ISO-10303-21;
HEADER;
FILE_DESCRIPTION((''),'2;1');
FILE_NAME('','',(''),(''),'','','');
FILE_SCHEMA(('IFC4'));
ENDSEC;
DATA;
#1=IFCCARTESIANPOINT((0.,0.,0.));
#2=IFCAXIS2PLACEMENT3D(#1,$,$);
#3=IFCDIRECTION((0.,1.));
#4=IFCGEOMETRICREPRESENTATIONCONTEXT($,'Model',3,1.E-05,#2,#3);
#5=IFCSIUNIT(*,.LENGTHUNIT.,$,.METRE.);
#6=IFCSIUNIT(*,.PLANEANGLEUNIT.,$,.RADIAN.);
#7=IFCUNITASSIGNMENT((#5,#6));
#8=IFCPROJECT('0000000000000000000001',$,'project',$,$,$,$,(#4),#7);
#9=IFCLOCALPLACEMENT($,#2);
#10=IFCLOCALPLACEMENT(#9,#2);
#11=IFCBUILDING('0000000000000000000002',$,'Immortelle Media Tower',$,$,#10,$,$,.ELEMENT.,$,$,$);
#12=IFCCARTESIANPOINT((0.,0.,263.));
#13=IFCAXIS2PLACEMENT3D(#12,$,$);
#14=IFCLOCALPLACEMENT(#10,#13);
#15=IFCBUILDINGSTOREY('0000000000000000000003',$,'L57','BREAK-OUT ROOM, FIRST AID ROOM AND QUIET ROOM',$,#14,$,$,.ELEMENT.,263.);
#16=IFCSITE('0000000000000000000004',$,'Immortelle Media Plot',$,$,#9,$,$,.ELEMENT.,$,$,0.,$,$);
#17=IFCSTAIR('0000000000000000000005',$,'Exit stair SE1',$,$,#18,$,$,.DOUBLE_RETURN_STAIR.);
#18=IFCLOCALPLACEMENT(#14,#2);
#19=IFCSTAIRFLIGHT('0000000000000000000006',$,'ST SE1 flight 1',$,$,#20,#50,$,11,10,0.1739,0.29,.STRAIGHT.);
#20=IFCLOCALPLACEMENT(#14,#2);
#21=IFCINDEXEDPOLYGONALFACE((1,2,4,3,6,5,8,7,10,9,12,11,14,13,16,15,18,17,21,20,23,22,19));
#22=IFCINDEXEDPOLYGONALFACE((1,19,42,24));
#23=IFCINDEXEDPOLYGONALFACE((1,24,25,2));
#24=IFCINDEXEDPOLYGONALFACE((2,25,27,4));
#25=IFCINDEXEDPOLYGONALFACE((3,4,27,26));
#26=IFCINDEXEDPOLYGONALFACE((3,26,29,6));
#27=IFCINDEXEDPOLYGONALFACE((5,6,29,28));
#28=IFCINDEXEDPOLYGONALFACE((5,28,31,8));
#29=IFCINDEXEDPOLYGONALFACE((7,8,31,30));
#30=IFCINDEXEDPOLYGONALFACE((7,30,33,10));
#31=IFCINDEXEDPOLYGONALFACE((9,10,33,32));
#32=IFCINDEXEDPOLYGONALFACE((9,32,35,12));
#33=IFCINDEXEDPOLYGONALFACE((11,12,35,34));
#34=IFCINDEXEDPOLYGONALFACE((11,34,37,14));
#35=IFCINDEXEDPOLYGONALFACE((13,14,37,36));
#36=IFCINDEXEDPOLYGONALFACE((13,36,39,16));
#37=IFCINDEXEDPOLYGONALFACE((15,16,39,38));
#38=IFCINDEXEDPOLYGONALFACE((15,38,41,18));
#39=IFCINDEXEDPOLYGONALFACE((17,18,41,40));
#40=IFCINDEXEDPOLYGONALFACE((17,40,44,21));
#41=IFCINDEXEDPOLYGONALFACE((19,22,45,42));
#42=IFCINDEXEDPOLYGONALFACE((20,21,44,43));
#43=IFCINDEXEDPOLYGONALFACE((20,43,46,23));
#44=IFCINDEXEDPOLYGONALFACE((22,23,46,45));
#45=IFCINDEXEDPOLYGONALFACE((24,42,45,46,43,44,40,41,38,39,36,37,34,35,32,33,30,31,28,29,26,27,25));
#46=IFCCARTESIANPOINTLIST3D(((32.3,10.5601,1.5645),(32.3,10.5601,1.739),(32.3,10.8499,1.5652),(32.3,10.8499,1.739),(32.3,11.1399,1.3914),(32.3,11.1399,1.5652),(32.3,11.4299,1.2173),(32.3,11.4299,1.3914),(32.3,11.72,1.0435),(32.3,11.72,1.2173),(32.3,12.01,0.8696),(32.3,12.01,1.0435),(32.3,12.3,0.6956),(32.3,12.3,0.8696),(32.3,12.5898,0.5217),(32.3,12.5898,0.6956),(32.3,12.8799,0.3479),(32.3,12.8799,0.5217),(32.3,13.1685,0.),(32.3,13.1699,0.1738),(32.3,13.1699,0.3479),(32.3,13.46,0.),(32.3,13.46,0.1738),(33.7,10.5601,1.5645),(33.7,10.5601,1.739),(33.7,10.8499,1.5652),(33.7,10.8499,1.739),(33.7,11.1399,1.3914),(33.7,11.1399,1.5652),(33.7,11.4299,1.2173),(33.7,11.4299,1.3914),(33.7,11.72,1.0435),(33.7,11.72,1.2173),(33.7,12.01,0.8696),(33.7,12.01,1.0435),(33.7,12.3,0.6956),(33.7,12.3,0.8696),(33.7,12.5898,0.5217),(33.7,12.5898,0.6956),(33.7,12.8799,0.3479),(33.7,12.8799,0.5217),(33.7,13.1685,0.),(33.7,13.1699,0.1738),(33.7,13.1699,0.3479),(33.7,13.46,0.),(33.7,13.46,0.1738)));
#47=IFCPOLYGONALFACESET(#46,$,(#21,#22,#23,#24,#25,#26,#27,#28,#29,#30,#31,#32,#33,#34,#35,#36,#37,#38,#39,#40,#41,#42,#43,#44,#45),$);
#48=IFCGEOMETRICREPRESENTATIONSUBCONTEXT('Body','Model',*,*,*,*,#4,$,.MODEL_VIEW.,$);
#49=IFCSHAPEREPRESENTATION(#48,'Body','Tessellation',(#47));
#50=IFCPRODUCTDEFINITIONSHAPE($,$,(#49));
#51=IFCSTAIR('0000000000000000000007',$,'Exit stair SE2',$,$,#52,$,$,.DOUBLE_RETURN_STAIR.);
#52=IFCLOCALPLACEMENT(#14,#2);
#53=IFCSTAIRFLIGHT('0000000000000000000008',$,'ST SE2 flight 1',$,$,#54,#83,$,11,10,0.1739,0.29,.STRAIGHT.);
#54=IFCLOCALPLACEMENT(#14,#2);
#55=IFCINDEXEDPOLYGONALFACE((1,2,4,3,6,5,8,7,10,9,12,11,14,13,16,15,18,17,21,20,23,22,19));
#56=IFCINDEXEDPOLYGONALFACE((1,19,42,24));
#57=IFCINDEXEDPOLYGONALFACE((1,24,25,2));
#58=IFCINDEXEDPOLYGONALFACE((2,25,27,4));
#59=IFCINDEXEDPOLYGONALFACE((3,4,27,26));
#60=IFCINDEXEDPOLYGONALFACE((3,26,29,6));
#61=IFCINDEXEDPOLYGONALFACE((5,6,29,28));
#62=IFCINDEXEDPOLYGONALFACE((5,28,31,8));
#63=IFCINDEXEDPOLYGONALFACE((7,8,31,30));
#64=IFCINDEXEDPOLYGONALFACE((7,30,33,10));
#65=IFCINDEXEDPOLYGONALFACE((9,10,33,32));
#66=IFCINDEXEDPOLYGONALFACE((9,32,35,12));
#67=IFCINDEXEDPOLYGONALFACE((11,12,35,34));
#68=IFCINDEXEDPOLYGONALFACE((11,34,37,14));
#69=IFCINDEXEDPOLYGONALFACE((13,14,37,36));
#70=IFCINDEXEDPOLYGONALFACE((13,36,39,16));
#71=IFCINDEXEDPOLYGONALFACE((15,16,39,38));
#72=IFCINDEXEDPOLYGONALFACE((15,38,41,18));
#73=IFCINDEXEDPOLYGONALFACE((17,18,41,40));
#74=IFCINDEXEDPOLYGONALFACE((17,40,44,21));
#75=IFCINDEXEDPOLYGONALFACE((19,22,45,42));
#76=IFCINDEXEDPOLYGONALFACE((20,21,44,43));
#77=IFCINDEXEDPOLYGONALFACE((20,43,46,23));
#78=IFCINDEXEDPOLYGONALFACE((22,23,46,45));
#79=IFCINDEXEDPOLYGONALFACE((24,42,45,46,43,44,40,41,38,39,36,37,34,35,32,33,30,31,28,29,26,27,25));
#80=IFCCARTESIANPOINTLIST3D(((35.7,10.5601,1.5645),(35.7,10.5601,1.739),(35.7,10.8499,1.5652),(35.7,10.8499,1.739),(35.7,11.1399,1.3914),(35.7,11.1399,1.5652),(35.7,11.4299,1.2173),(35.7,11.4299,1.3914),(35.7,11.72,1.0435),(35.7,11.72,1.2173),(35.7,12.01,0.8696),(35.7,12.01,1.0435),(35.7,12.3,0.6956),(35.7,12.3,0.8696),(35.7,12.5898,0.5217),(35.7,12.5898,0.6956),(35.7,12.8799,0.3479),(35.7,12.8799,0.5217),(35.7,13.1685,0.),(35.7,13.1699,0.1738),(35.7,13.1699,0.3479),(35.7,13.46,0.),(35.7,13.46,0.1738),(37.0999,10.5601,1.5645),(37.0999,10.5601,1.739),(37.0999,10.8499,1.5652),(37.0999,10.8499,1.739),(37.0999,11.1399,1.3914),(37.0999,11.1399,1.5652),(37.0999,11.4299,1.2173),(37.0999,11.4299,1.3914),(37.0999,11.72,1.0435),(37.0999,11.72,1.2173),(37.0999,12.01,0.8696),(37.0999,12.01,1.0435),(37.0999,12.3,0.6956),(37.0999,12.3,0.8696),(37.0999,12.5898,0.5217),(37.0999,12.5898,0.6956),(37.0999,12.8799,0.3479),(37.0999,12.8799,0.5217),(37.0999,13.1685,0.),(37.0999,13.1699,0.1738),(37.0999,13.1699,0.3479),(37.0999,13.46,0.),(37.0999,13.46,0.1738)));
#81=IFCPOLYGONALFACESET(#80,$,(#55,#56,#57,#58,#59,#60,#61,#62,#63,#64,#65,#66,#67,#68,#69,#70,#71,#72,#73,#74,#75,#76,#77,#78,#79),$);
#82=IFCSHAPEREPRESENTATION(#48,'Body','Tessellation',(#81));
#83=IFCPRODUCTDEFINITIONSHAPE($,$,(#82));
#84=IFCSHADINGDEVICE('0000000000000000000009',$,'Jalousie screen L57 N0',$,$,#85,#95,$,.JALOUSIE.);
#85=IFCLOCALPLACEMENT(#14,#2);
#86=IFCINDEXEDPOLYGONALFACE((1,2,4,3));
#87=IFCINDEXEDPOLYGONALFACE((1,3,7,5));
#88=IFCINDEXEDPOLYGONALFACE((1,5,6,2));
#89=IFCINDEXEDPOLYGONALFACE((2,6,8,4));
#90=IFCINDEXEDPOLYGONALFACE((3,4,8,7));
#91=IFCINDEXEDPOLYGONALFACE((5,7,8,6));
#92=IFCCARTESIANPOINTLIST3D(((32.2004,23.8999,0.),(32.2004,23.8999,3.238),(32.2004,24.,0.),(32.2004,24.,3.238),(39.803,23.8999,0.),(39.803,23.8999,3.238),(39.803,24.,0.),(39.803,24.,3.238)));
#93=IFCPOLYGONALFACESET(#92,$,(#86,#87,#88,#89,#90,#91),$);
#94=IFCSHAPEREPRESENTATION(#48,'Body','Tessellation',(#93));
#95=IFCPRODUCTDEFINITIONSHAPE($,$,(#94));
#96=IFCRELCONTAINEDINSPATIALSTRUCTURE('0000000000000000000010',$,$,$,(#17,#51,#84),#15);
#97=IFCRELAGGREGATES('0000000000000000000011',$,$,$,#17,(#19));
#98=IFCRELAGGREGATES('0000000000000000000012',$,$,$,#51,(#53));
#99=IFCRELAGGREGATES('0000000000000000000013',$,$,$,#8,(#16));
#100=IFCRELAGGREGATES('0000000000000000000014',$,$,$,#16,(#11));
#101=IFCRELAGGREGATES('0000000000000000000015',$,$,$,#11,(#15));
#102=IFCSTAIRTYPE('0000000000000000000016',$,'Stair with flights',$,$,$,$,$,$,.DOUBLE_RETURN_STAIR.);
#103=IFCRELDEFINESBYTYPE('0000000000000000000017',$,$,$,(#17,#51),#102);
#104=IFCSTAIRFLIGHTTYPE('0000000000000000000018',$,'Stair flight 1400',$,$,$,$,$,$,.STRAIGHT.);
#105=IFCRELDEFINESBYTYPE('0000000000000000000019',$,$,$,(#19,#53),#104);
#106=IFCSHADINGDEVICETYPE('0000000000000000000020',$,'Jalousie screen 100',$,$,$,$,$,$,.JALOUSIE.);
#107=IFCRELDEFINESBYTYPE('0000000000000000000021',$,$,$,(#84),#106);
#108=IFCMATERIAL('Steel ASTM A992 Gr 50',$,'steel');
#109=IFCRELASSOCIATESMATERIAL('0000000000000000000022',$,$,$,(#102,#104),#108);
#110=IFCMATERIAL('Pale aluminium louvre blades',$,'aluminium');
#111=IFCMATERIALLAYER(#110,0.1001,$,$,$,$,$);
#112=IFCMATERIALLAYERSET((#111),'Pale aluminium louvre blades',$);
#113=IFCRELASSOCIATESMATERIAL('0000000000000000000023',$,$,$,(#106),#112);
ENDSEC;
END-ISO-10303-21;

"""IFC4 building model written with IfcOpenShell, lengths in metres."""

from ifc_helpers import new_model, si_unit, direction, frame, origin, origin_2d, place, context, subcontext, project, spatial, polyline, rectangle, outline, extrude, material, layer, layer_set, type_object, element, aggregate, save


model = new_model("IFC4")

# Units and contexts
model_context = context("Model", 3, precision=1e-05, world=origin(), true_north=direction((0.0, 1.0)))
body_context = subcontext(model_context, "Body", "Model", "MODEL_VIEW")
ifc_project = project(units=[si_unit("LENGTHUNIT", "METRE"), si_unit("PLANEANGLEUNIT", "RADIAN")], contexts=[model_context])

# Site, building, storey
site_placement = place(None, origin())
site = spatial("IfcSite", under=ifc_project, at=site_placement, Name="Immortelle Media Plot", CompositionType="ELEMENT", RefElevation=0.0)
building_placement = place(site_placement, origin())
building = spatial("IfcBuilding", under=site, at=building_placement, Name="Immortelle Media Tower", CompositionType="ELEMENT")
storey_placement = place(building_placement, frame((0.0, 0.0, 263.0)))
storey = spatial("IfcBuildingStorey", under=building, at=storey_placement, Name="L57", Description="BREAK-OUT ROOM, FIRST AID ROOM AND QUIET ROOM", CompositionType="ELEMENT", Elevation=263.0)

# Shared definitions
ifc_material_1 = material(Name="Steel ASTM A992 Gr 50", Category="steel")

# Stairs, stair flights
stair_type = type_object("IfcStairType", Name="Stair with flights", PredefinedType="DOUBLE_RETURN_STAIR", material=ifc_material_1)
stair_1_placement = place(storey_placement, origin())
stair_1 = element("IfcStair", 1, at=stair_1_placement, inside=storey, type_object=stair_type, Name="Exit stair SE1", PredefinedType="DOUBLE_RETURN_STAIR")
stair_flight_type = type_object("IfcStairFlightType", Name="Stair flight 1400", PredefinedType="STRAIGHT", material=ifc_material_1)
stair_flight_1_placement = place(storey_placement, frame((33.0, 13.46, 0.0), z_axis=(0.0, 0.0, 1.0), x_axis=(0.0, -1.0, 0.0)))
stair_flight_1 = element("IfcStairFlight", 2, at=stair_flight_1_placement, type_object=stair_flight_type, Name="ST SE1 flight 1", NumberOfRisers=11, NumberOfTreads=10, PredefinedType="STRAIGHT", RiserHeight=0.1739, TreadLength=0.29, context=body_context, shape_type="SweptSolid", body=[
    extrude(outline(polyline([(0.0, 0.0), (0.0, 0.1738), (0.29, 0.1738), (0.29, 0.3479), (0.5801, 0.3479), (0.5801, 0.5217), (0.8701, 0.5217), (0.8701, 0.6956), (1.1599, 0.6956), (1.1599, 0.8696), (1.45, 0.8696), (1.45, 1.0435), (1.74, 1.0435), (1.74, 1.2173), (2.03, 1.2173), (2.03, 1.3914), (2.3201, 1.3914), (2.3201, 1.5652), (2.6101, 1.5652), (2.6101, 1.739), (2.8999, 1.739), (2.8999, 1.9131), (2.8999, 1.5645), (0.2915, 0.0), (0.0, 0.0)])), frame((0.0, 0.7, 0.0), z_axis=(0.0, -1.0, 0.0), x_axis=(1.0, 0.0, 0.0)), (0.0, 0.0, 1.0), 1.3999),
])
aggregate(stair_1, [stair_flight_1])
stair_2_placement = place(storey_placement, origin())
stair_2 = element("IfcStair", 3, at=stair_2_placement, inside=storey, type_object=stair_type, Name="Exit stair SE2", PredefinedType="DOUBLE_RETURN_STAIR")
stair_flight_2_placement = place(storey_placement, frame((36.3999, 13.46, 0.0), z_axis=(0.0, 0.0, 1.0), x_axis=(0.0, -1.0, 0.0)))
stair_flight_2 = element("IfcStairFlight", 4, at=stair_flight_2_placement, type_object=stair_flight_type, Name="ST SE2 flight 1", NumberOfRisers=11, NumberOfTreads=10, PredefinedType="STRAIGHT", RiserHeight=0.1739, TreadLength=0.29, context=body_context, shape_type="SweptSolid", body=[
    extrude(outline(polyline([(0.0, 0.0), (0.0, 0.1738), (0.29, 0.1738), (0.29, 0.3479), (0.5801, 0.3479), (0.5801, 0.5217), (0.8701, 0.5217), (0.8701, 0.6956), (1.1599, 0.6956), (1.1599, 0.8696), (1.45, 0.8696), (1.45, 1.0435), (1.74, 1.0435), (1.74, 1.2173), (2.03, 1.2173), (2.03, 1.3914), (2.3201, 1.3914), (2.3201, 1.5652), (2.6101, 1.5652), (2.6101, 1.739), (2.8999, 1.739), (2.8999, 1.9131), (2.8999, 1.5645), (0.2915, 0.0), (0.0, 0.0)])), frame((0.0, 0.7, 0.0), z_axis=(0.0, -1.0, 0.0), x_axis=(1.0, 0.0, 0.0)), (0.0, 0.0, 1.0), 1.3999),
])
aggregate(stair_2, [stair_flight_2])

# Shading device
ifc_material_2 = material(Name="Pale aluminium louvre blades", Category="aluminium")
ifc_layer_1 = layer(ifc_material_2, 0.1001)
ifc_layer_set_1 = layer_set([ifc_layer_1], Name="Pale aluminium louvre blades")
shading_device_type = type_object("IfcShadingDeviceType", Name="Jalousie screen 100", PredefinedType="JALOUSIE", material=ifc_layer_set_1)
shading_device_placement = place(storey_placement, frame((36.0017, 23.95, 0.0), z_axis=(0.0, 0.0, 1.0), x_axis=(-1.0, 0.0, 0.0)))
element("IfcShadingDevice", 5, at=shading_device_placement, inside=storey, type_object=shading_device_type, Name="Jalousie screen L57 N0", PredefinedType="JALOUSIE", context=body_context, shape_type="SweptSolid", body=[
    extrude(rectangle(XDim=7.6025, YDim=0.1001, at=origin_2d()), origin(), (0.0, 0.0, 1.0), 3.238),
])

save(model, "model.ifc")
